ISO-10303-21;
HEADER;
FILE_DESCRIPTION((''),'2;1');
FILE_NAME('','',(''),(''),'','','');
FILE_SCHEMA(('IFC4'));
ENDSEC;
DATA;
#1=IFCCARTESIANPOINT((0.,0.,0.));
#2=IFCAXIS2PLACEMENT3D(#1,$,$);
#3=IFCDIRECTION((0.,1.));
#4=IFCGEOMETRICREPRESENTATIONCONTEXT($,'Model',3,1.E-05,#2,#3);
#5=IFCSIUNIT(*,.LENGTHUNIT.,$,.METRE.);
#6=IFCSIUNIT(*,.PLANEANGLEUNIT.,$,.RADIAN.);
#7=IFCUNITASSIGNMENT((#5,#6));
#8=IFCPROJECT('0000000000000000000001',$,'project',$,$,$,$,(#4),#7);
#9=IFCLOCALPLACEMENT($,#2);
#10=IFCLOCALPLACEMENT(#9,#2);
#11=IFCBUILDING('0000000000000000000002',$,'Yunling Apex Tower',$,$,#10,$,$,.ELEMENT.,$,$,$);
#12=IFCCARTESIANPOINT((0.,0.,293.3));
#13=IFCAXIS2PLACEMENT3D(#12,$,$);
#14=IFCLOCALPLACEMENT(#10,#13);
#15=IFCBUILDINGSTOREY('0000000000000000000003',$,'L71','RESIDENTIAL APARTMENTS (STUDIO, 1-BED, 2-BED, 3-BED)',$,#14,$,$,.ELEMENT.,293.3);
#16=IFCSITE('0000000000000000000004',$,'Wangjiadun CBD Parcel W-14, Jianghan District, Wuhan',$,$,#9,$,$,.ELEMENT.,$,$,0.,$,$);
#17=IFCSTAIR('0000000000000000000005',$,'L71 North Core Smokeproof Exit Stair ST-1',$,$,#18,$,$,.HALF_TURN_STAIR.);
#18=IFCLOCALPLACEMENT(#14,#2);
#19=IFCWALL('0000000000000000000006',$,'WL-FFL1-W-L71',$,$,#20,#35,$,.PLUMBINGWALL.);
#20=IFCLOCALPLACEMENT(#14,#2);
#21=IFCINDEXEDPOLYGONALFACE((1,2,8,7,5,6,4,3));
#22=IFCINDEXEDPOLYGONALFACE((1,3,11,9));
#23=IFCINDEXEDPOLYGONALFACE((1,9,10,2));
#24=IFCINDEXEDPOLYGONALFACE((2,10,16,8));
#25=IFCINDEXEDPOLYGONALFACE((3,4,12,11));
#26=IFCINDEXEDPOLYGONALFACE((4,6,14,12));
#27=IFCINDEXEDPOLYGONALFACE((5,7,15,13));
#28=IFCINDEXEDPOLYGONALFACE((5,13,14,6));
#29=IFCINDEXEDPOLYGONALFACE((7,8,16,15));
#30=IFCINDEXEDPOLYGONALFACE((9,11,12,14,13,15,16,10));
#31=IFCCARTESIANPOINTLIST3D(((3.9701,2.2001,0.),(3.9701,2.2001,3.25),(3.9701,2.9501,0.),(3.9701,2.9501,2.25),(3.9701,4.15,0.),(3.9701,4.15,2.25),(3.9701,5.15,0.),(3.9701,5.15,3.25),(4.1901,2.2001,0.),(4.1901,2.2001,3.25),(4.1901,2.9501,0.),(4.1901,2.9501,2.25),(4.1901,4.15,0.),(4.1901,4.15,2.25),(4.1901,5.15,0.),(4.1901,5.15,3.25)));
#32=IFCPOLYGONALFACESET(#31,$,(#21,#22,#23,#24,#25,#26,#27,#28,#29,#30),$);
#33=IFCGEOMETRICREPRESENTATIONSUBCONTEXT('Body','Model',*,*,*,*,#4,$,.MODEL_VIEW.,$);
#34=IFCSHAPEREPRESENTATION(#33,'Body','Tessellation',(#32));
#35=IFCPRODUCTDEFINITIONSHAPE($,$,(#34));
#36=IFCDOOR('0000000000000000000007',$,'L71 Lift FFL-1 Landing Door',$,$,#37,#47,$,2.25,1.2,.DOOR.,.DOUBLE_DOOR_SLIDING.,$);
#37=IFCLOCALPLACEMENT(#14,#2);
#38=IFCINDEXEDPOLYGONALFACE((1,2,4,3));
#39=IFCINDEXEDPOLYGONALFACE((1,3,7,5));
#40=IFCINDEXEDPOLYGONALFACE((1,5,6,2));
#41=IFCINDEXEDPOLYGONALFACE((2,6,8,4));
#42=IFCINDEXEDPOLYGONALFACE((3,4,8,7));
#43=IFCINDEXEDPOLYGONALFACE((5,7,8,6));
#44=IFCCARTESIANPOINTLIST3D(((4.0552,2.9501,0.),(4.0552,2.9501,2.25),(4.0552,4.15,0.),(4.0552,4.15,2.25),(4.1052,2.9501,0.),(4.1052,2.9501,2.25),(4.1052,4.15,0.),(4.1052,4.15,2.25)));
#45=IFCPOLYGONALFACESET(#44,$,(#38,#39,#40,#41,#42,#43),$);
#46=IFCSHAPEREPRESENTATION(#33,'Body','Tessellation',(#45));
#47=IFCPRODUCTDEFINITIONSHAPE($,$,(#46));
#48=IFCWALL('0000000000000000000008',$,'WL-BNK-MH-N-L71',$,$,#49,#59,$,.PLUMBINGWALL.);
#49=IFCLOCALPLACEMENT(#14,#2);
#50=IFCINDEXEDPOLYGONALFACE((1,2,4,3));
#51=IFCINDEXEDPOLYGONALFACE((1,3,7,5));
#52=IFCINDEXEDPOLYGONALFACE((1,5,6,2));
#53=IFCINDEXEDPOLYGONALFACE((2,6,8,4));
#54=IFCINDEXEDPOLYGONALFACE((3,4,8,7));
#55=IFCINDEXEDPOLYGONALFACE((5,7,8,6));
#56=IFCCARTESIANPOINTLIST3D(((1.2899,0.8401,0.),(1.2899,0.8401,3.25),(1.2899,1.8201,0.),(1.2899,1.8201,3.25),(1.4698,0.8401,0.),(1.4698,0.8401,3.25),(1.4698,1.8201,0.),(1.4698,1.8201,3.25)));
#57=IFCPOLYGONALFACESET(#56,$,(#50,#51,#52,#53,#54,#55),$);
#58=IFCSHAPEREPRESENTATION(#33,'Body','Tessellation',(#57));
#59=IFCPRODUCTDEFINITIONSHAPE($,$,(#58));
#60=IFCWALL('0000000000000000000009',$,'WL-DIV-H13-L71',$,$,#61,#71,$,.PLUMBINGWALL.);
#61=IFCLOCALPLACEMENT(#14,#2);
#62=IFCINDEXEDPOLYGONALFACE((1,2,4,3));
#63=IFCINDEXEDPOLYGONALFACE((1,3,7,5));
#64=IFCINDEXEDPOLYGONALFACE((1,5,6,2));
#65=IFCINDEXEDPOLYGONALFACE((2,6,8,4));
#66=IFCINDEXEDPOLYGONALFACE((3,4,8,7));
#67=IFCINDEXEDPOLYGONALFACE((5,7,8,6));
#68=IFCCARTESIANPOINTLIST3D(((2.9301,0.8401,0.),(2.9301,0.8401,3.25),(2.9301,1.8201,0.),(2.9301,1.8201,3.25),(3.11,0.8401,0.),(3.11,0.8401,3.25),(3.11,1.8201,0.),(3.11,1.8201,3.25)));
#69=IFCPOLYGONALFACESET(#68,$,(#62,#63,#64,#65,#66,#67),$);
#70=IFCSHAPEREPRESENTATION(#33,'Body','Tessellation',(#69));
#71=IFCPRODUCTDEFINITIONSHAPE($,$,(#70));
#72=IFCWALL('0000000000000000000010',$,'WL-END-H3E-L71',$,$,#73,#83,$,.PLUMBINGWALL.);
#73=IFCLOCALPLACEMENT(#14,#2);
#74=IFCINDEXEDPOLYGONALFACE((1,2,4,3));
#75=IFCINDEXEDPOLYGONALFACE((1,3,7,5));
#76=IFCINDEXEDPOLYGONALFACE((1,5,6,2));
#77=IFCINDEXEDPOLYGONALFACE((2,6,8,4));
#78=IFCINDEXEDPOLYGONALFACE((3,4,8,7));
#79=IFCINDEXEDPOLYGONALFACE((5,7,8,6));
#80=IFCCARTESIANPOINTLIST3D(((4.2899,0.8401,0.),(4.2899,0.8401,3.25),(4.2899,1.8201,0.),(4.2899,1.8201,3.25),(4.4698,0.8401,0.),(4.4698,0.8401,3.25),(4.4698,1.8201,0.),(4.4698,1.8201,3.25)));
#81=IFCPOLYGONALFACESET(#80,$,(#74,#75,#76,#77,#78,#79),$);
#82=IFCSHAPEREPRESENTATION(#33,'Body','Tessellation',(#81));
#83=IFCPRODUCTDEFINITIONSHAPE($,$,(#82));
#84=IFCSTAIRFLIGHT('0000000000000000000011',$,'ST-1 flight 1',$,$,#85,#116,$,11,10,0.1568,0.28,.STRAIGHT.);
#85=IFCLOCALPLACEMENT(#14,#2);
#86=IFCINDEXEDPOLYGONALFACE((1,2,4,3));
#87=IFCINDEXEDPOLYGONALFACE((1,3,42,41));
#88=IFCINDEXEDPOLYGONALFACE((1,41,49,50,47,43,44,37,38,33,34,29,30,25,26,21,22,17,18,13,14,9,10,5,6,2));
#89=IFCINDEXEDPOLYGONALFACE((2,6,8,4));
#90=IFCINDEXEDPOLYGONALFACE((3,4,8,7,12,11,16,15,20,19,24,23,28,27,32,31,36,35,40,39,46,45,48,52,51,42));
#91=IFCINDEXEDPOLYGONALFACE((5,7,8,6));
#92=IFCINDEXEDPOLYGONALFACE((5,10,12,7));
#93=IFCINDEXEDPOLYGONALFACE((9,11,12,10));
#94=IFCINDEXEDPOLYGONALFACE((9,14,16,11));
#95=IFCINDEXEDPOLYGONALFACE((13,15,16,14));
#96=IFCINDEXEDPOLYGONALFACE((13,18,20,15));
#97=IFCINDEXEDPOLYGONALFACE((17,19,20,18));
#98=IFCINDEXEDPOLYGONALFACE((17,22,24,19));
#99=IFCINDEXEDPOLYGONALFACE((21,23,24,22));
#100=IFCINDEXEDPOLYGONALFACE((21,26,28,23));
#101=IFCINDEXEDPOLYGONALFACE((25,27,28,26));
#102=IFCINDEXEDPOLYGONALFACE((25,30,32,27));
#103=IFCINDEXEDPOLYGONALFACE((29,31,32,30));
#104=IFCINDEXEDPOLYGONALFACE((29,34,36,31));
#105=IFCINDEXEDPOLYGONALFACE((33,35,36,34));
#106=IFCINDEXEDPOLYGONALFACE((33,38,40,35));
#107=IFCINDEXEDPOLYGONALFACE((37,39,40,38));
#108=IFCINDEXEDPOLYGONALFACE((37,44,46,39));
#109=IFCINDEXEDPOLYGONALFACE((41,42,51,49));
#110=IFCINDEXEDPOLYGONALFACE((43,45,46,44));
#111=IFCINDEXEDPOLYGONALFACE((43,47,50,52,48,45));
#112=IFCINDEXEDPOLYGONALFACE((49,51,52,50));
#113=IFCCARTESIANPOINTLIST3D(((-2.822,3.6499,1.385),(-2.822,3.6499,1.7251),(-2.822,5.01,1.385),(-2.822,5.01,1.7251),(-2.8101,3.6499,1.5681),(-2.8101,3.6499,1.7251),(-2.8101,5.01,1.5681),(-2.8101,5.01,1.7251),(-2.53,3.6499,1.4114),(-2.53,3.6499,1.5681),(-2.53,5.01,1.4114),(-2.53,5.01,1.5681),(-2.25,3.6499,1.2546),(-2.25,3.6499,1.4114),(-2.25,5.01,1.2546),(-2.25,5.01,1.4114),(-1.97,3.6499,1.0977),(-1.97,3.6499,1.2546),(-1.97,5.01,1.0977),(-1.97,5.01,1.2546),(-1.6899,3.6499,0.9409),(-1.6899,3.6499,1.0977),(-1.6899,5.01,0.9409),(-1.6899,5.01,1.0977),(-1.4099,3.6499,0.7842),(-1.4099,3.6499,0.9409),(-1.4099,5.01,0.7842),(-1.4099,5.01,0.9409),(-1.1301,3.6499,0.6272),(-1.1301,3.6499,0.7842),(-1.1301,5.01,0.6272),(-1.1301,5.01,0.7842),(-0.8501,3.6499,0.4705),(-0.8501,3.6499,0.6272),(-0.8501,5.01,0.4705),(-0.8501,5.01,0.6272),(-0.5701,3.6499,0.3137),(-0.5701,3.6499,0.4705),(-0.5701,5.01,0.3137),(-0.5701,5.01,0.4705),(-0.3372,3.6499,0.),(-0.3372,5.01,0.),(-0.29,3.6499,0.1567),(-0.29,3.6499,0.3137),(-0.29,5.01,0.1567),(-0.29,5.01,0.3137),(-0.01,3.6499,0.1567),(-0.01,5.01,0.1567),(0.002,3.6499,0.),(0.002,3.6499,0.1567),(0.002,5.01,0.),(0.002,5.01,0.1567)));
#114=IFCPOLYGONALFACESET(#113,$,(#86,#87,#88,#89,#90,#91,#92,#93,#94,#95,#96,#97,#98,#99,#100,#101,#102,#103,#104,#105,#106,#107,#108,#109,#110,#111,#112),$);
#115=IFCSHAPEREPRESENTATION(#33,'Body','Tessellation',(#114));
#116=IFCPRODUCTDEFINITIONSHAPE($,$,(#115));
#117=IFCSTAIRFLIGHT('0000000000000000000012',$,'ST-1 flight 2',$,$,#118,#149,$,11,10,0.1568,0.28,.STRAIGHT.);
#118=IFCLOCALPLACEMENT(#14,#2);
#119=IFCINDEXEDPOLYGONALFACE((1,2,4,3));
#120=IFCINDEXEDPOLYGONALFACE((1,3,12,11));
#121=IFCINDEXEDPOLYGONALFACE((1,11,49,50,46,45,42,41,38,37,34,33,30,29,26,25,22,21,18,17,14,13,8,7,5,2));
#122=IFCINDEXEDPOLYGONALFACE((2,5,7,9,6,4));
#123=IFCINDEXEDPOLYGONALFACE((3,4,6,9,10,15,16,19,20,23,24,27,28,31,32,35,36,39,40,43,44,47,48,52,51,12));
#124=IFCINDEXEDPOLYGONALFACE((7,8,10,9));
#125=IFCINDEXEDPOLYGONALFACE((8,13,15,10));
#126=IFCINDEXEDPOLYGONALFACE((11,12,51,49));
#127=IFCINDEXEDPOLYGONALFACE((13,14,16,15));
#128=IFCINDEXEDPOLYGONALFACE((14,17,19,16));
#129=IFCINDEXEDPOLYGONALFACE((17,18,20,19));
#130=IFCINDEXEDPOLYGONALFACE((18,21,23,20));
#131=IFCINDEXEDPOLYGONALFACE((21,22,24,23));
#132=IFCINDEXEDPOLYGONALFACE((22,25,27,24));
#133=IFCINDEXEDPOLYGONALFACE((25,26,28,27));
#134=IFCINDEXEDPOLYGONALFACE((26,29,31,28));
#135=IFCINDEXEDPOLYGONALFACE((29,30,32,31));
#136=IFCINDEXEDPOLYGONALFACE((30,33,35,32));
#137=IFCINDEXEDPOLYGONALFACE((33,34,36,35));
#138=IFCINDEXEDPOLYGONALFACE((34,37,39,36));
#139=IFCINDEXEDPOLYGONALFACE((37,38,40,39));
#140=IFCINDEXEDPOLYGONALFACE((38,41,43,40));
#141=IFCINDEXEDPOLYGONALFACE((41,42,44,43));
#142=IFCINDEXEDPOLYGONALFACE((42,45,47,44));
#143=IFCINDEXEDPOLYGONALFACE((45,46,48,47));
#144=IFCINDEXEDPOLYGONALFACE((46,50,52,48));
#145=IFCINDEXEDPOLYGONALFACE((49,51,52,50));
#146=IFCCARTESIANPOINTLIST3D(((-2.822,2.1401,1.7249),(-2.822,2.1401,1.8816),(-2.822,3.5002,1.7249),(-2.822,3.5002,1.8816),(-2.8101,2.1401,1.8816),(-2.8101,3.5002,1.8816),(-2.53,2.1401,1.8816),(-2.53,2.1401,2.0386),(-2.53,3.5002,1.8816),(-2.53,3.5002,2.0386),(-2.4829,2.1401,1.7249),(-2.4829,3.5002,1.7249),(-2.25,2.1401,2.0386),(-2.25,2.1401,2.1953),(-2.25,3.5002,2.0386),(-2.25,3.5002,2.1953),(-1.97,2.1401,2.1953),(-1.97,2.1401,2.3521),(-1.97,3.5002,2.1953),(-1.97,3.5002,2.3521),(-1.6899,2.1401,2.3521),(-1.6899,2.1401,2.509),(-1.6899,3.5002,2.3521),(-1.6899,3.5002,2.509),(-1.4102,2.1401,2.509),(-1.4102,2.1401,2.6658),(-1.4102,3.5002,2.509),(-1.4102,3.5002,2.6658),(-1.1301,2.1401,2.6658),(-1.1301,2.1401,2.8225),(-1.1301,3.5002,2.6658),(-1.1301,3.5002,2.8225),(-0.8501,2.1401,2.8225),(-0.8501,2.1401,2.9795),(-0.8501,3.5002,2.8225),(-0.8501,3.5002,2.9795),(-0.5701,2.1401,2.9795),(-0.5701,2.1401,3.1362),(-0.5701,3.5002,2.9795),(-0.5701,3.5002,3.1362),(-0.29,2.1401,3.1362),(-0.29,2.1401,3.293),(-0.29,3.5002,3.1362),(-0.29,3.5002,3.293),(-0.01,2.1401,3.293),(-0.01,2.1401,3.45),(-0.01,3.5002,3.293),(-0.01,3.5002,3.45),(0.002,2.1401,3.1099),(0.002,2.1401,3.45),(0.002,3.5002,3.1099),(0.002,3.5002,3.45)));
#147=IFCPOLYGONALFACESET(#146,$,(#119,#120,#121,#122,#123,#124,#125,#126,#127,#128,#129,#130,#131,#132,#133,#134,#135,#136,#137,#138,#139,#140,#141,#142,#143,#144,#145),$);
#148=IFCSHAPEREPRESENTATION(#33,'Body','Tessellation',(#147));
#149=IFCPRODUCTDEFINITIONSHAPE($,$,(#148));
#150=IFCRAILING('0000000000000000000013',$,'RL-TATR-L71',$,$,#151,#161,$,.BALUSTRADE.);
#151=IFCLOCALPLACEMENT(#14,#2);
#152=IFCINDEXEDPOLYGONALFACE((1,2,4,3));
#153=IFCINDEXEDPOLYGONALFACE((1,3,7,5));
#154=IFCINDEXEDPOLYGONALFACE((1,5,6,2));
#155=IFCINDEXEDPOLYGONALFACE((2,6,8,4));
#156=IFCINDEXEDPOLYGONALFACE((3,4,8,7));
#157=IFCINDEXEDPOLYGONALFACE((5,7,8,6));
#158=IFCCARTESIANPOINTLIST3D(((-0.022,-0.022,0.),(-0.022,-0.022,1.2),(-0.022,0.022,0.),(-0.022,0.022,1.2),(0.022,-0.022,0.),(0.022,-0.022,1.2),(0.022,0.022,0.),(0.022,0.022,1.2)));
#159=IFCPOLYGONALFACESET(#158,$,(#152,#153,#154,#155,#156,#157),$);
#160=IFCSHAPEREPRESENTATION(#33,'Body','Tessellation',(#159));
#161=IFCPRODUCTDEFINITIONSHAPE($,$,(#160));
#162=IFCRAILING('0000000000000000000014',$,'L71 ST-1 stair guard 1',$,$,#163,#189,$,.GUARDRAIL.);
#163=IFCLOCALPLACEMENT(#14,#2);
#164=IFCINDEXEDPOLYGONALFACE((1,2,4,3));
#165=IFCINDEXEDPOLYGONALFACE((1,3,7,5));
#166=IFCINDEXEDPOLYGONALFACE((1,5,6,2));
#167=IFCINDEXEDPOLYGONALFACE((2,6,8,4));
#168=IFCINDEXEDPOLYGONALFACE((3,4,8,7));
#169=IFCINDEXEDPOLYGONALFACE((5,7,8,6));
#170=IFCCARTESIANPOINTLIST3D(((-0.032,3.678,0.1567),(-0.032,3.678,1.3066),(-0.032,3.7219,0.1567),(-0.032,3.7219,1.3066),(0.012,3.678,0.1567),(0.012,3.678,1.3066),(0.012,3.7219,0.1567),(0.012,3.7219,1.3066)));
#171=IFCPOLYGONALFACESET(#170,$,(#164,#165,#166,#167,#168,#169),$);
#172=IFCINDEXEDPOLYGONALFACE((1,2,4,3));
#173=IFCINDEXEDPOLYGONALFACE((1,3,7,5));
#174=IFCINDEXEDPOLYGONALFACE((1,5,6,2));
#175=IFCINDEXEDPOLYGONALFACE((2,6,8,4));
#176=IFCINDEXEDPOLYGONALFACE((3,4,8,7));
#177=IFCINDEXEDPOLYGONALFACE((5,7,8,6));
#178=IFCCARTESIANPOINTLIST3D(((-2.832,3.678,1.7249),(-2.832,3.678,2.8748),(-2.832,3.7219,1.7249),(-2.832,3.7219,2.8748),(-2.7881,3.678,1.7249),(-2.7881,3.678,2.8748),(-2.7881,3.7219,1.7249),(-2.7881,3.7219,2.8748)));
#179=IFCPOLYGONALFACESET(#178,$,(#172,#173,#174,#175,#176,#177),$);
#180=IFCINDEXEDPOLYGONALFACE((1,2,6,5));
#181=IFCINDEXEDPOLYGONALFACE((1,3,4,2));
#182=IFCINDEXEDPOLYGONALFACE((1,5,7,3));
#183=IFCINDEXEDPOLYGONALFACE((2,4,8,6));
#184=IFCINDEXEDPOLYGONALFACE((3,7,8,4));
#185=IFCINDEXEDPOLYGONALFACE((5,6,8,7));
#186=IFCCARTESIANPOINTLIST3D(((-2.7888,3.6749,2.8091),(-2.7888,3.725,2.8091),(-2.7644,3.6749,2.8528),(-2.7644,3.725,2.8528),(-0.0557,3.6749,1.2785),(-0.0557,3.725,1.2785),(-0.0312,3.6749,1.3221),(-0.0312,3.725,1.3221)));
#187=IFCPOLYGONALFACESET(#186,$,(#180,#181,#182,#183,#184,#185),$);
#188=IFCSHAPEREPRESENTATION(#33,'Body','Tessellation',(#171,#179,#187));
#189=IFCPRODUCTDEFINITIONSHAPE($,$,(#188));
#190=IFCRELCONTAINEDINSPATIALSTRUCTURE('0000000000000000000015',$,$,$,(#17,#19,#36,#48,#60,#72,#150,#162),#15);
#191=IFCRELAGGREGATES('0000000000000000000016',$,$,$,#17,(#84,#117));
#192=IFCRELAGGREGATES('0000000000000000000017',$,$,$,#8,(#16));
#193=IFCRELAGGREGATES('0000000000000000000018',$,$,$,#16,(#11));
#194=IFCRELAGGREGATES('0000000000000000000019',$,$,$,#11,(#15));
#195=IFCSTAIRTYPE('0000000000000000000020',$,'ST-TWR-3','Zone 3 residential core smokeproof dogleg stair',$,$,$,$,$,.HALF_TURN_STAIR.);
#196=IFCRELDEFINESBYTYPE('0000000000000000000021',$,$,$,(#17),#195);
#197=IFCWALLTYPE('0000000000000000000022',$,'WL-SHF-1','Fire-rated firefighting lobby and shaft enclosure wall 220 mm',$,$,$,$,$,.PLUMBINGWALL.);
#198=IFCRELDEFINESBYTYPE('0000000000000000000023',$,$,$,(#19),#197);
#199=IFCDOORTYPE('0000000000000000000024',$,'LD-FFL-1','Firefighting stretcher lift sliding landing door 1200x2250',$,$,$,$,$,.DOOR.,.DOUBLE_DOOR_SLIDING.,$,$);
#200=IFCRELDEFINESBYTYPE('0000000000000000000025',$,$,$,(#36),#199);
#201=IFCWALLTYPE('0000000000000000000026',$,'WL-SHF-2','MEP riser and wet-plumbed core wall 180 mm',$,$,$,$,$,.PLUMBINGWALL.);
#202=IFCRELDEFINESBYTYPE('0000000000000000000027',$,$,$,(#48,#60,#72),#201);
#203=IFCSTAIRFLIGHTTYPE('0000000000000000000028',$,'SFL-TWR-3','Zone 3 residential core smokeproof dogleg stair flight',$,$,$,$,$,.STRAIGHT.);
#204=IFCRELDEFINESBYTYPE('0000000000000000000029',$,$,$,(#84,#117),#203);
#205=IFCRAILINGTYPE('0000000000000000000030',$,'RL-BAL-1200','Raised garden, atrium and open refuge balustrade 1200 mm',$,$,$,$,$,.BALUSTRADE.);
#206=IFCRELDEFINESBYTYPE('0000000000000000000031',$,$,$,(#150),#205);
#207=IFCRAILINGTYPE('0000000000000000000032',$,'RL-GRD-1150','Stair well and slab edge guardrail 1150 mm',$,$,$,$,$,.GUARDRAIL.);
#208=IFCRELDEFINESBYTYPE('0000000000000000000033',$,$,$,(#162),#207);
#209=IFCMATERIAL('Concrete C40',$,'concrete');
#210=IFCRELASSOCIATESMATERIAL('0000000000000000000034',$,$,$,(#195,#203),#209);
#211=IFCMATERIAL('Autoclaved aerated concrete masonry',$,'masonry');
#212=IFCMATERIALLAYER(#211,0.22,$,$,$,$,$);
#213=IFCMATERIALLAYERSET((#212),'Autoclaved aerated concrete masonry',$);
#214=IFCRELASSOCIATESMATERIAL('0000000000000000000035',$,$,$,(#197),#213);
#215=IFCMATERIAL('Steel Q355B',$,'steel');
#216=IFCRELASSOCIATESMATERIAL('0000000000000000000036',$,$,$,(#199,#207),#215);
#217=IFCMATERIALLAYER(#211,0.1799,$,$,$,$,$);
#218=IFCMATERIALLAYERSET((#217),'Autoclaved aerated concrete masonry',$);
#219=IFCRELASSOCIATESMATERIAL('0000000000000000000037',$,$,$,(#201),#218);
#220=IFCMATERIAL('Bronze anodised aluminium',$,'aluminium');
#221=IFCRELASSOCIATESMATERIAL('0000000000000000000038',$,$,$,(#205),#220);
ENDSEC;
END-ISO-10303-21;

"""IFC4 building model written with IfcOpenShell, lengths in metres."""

from ifc_helpers import new_model, si_unit, direction, frame, frame_2d, origin, origin_2d, place, context, subcontext, project, spatial, polyline, rectangle, outline, extrude, material, layer, layer_set, type_object, element, fill, aggregate, save


model = new_model("IFC4")

# Units and contexts
model_context = context("Model", 3, precision=1e-05, world=origin(), true_north=direction((0.0, 1.0)))
body_context = subcontext(model_context, "Body", "Model", "MODEL_VIEW")
ifc_project = project(units=[si_unit("LENGTHUNIT", "METRE"), si_unit("PLANEANGLEUNIT", "RADIAN")], contexts=[model_context])

# Site, building, storey
site_placement = place(None, origin())
site = spatial("IfcSite", under=ifc_project, at=site_placement, Name="Wangjiadun CBD Parcel W-14, Jianghan District, Wuhan", CompositionType="ELEMENT", RefElevation=0.0)
building_placement = place(site_placement, origin())
building = spatial("IfcBuilding", under=site, at=building_placement, Name="Yunling Apex Tower", CompositionType="ELEMENT")
storey_placement = place(building_placement, frame((0.0, 0.0, 293.3)))
storey = spatial("IfcBuildingStorey", under=building, at=storey_placement, Name="L71", Description="RESIDENTIAL APARTMENTS (STUDIO, 1-BED, 2-BED, 3-BED)", CompositionType="ELEMENT", Elevation=293.3)

# Shared definitions
ifc_material_1 = material(Name="Steel Q355B", Category="steel")

# Shared definitions
ifc_material_2 = material(Name="Bronze anodised aluminium", Category="aluminium")

# Shared definitions
ifc_material_3 = material(Name="Concrete C40", Category="concrete")

# Stair
stair_type = type_object("IfcStairType", Name="ST-TWR-3", Description="Zone 3 residential core smokeproof dogleg stair", PredefinedType="HALF_TURN_STAIR", material=ifc_material_3)
stair_1_placement = place(storey_placement, origin())
stair_1 = element("IfcStair", 1, at=stair_1_placement, inside=storey, type_object=stair_type, Name="L71 North Core Smokeproof Exit Stair ST-1", PredefinedType="HALF_TURN_STAIR")

# Wall, opening, door
ifc_material_4 = material(Name="Autoclaved aerated concrete masonry", Category="masonry")
ifc_layer_1 = layer(ifc_material_4, 0.22)
ifc_layer_set_1 = layer_set([ifc_layer_1], Name="Autoclaved aerated concrete masonry")
wall_type_1 = type_object("IfcWallType", Name="WL-SHF-1", Description="Fire-rated firefighting lobby and shaft enclosure wall 220 mm", PredefinedType="PLUMBINGWALL", material=ifc_layer_set_1)
wall_1_placement = place(storey_placement, frame((4.0801, 2.2, 0.0), z_axis=(0.0, 0.0, 1.0), x_axis=(0.0, 1.0, 0.0)))
wall_1 = element("IfcWall", 2, at=wall_1_placement, inside=storey, type_object=wall_type_1, Name="WL-FFL1-W-L71", PredefinedType="PLUMBINGWALL", context=body_context, shape_type="SweptSolid", body=[
    extrude(rectangle(XDim=2.95, YDim=0.22, at=frame_2d((1.4751, 0.0))), origin(), (0.0, 0.0, 1.0), 3.25),
])
opening_1_placement = place(wall_1_placement, frame((0.75, 0.0, 0.0)))
opening_1 = element("IfcOpeningElement", 3, at=opening_1_placement, cuts=wall_1, PredefinedType="OPENING", context=body_context, shape_type="SweptSolid", body=[
    extrude(rectangle(XDim=1.2, YDim=2.25, at=frame_2d((0.6001, 1.125))), frame((0.0, 0.1201, 0.0), z_axis=(0.0, -1.0, 0.0), x_axis=(1.0, 0.0, 0.0)), (0.0, 0.0, 1.0), 0.24),
])
door_type_1 = type_object("IfcDoorType", Name="LD-FFL-1", Description="Firefighting stretcher lift sliding landing door 1200x2250", OperationType="DOUBLE_DOOR_SLIDING", PredefinedType="DOOR", material=ifc_material_1)
door_1_placement = place(opening_1_placement, origin())
door_1 = element("IfcDoor", 4, at=door_1_placement, inside=storey, type_object=door_type_1, Name="L71 Lift FFL-1 Landing Door", OperationType="DOUBLE_DOOR_SLIDING", OverallHeight=2.25, OverallWidth=1.2, PredefinedType="DOOR", context=body_context, shape_type="SweptSolid", body=[
    extrude(rectangle(XDim=1.2, YDim=2.25, at=frame_2d((0.6001, 1.125))), frame((0.0, 0.0249, 0.0), z_axis=(0.0, -1.0, 0.0), x_axis=(1.0, 0.0, 0.0)), (0.0, 0.0, 1.0), 0.05),
])
fill(opening_1, door_1)

# Walls
ifc_layer_2 = layer(ifc_material_4, 0.1799)
ifc_layer_set_2 = layer_set([ifc_layer_2], Name="Autoclaved aerated concrete masonry")
wall_type_2 = type_object("IfcWallType", Name="WL-SHF-2", Description="MEP riser and wet-plumbed core wall 180 mm", PredefinedType="PLUMBINGWALL", material=ifc_layer_set_2)
for number, where, z_axis, x_axis, name in (
    (5, (1.3799, 0.8401, 0.0), (0.0, 0.0, 1.0), (0.0, 1.0, 0.0), "WL-BNK-MH-N-L71"),
    (6, (3.02, 0.8401, 0.0), (0.0, 0.0, 1.0), (0.0, 1.0, 0.0), "WL-DIV-H13-L71"),
    (7, (4.3799, 0.8401, 0.0), (0.0, 0.0, 1.0), (0.0, 1.0, 0.0), "WL-END-H3E-L71"),
):
    element("IfcWall", number, at=place(storey_placement, frame(where, z_axis=z_axis, x_axis=x_axis)), inside=storey, type_object=wall_type_2, Name=name, PredefinedType="PLUMBINGWALL", context=body_context, shape_type="SweptSolid", body=[
        extrude(rectangle(XDim=0.98, YDim=0.1799, at=frame_2d((0.49, 0.0))), origin(), (0.0, 0.0, 1.0), 3.25),
    ])

# Stair flights
stair_flight_type = type_object("IfcStairFlightType", Name="SFL-TWR-3", Description="Zone 3 residential core smokeproof dogleg stair flight", PredefinedType="STRAIGHT", material=ifc_material_3)
stair_flight_1_placement = place(storey_placement, frame((-0.01, 4.3301, 0.0), z_axis=(0.0, 0.0, 1.0), x_axis=(-1.0, 0.0, 0.0)))
stair_flight_1 = element("IfcStairFlight", 8, at=stair_flight_1_placement, type_object=stair_flight_type, Name="ST-1 flight 1", NumberOfRisers=11, NumberOfTreads=10, PredefinedType="STRAIGHT", RiserHeight=0.1568, TreadLength=0.28, context=body_context, shape_type="SweptSolid", body=[
    extrude(outline(polyline([(-0.012, 0.0), (-0.012, 0.1567), (0.0, 0.1567), (0.28, 0.1567), (0.28, 0.3137), (0.5601, 0.3137), (0.5601, 0.4705), (0.8401, 0.4705), (0.8401, 0.6272), (1.1201, 0.6272), (1.1201, 0.7842), (1.3999, 0.7842), (1.3999, 0.9409), (1.6799, 0.9409), (1.6799, 1.0977), (1.96, 1.0977), (1.96, 1.2546), (2.24, 1.2546), (2.24, 1.4114), (2.52, 1.4114), (2.52, 1.5681), (2.8, 1.5681), (2.8, 1.7251), (2.812, 1.7251), (2.812, 1.385), (0.3271, 0.0), (-0.012, 0.0)])), frame((0.0, 0.6802, 0.0), z_axis=(0.0, -1.0, 0.0), x_axis=(1.0, 0.0, 0.0)), (0.0, 0.0, 1.0), 1.3601),
])
stair_flight_2_placement = place(storey_placement, frame((-2.8101, 2.8201, 1.7249), z_axis=(0.0, 0.0, 1.0), x_axis=(1.0, 0.0, 0.0)))
stair_flight_2 = element("IfcStairFlight", 9, at=stair_flight_2_placement, type_object=stair_flight_type, Name="ST-1 flight 2", NumberOfRisers=11, NumberOfTreads=10, PredefinedType="STRAIGHT", RiserHeight=0.1568, TreadLength=0.28, context=body_context, shape_type="SweptSolid", body=[
    extrude(outline(polyline([(-0.012, 0.0), (-0.012, 0.1567), (0.0, 0.1567), (0.28, 0.1567), (0.28, 0.3137), (0.5601, 0.3137), (0.5601, 0.4705), (0.8401, 0.4705), (0.8401, 0.6272), (1.1201, 0.6272), (1.1201, 0.7842), (1.3999, 0.7842), (1.3999, 0.9409), (1.6799, 0.9409), (1.6799, 1.0977), (1.96, 1.0977), (1.96, 1.2546), (2.24, 1.2546), (2.24, 1.4114), (2.52, 1.4114), (2.52, 1.5681), (2.8, 1.5681), (2.8, 1.7251), (2.812, 1.7251), (2.812, 1.385), (0.3271, 0.0), (-0.012, 0.0)])), frame((0.0, 0.6802, 0.0), z_axis=(0.0, -1.0, 0.0), x_axis=(1.0, 0.0, 0.0)), (0.0, 0.0, 1.0), 1.3601),
])
aggregate(stair_1, [stair_flight_1, stair_flight_2])

# Railings
railing_type_1 = type_object("IfcRailingType", Name="RL-BAL-1200", Description="Raised garden, atrium and open refuge balustrade 1200 mm", PredefinedType="BALUSTRADE", material=ifc_material_2)
railing_1_placement = place(storey_placement, origin())
element("IfcRailing", 10, at=railing_1_placement, inside=storey, type_object=railing_type_1, Name="RL-TATR-L71", PredefinedType="BALUSTRADE", context=body_context, shape_type="SweptSolid", body=[
    extrude(rectangle(XDim=0.0439, YDim=0.0439, at=origin_2d()), origin(), (0.0, 0.0, 1.0), 1.2),
])
railing_type_2 = type_object("IfcRailingType", Name="RL-GRD-1150", Description="Stair well and slab edge guardrail 1150 mm", PredefinedType="GUARDRAIL", material=ifc_material_1)
railing_2_placement = place(storey_placement, frame((-0.01, 3.7, 0.1567)))
element("IfcRailing", 11, at=railing_2_placement, inside=storey, type_object=railing_type_2, Name="L71 ST-1 stair guard 1", PredefinedType="GUARDRAIL", context=body_context, shape_type="SweptSolid", body=[
    extrude(rectangle(XDim=0.0439, YDim=0.0439, at=origin_2d()), origin(), (0.0, 0.0, 1.0), 1.1499),
    extrude(rectangle(XDim=0.0439, YDim=0.0439, at=origin_2d()), frame((-2.8, 0.0, 1.5681)), (0.0, 0.0, 1.0), 1.1499),
    extrude(rectangle(XDim=0.05, YDim=0.05, at=origin_2d()), frame((-0.0334, 0.0, 1.1436), z_axis=(-0.872494, 0.0, 0.488624), x_axis=(0.0, -1.0, 0.0)), (0.0, 0.0, 1.0), 3.1326),
])

save(model, "model.ifc")
